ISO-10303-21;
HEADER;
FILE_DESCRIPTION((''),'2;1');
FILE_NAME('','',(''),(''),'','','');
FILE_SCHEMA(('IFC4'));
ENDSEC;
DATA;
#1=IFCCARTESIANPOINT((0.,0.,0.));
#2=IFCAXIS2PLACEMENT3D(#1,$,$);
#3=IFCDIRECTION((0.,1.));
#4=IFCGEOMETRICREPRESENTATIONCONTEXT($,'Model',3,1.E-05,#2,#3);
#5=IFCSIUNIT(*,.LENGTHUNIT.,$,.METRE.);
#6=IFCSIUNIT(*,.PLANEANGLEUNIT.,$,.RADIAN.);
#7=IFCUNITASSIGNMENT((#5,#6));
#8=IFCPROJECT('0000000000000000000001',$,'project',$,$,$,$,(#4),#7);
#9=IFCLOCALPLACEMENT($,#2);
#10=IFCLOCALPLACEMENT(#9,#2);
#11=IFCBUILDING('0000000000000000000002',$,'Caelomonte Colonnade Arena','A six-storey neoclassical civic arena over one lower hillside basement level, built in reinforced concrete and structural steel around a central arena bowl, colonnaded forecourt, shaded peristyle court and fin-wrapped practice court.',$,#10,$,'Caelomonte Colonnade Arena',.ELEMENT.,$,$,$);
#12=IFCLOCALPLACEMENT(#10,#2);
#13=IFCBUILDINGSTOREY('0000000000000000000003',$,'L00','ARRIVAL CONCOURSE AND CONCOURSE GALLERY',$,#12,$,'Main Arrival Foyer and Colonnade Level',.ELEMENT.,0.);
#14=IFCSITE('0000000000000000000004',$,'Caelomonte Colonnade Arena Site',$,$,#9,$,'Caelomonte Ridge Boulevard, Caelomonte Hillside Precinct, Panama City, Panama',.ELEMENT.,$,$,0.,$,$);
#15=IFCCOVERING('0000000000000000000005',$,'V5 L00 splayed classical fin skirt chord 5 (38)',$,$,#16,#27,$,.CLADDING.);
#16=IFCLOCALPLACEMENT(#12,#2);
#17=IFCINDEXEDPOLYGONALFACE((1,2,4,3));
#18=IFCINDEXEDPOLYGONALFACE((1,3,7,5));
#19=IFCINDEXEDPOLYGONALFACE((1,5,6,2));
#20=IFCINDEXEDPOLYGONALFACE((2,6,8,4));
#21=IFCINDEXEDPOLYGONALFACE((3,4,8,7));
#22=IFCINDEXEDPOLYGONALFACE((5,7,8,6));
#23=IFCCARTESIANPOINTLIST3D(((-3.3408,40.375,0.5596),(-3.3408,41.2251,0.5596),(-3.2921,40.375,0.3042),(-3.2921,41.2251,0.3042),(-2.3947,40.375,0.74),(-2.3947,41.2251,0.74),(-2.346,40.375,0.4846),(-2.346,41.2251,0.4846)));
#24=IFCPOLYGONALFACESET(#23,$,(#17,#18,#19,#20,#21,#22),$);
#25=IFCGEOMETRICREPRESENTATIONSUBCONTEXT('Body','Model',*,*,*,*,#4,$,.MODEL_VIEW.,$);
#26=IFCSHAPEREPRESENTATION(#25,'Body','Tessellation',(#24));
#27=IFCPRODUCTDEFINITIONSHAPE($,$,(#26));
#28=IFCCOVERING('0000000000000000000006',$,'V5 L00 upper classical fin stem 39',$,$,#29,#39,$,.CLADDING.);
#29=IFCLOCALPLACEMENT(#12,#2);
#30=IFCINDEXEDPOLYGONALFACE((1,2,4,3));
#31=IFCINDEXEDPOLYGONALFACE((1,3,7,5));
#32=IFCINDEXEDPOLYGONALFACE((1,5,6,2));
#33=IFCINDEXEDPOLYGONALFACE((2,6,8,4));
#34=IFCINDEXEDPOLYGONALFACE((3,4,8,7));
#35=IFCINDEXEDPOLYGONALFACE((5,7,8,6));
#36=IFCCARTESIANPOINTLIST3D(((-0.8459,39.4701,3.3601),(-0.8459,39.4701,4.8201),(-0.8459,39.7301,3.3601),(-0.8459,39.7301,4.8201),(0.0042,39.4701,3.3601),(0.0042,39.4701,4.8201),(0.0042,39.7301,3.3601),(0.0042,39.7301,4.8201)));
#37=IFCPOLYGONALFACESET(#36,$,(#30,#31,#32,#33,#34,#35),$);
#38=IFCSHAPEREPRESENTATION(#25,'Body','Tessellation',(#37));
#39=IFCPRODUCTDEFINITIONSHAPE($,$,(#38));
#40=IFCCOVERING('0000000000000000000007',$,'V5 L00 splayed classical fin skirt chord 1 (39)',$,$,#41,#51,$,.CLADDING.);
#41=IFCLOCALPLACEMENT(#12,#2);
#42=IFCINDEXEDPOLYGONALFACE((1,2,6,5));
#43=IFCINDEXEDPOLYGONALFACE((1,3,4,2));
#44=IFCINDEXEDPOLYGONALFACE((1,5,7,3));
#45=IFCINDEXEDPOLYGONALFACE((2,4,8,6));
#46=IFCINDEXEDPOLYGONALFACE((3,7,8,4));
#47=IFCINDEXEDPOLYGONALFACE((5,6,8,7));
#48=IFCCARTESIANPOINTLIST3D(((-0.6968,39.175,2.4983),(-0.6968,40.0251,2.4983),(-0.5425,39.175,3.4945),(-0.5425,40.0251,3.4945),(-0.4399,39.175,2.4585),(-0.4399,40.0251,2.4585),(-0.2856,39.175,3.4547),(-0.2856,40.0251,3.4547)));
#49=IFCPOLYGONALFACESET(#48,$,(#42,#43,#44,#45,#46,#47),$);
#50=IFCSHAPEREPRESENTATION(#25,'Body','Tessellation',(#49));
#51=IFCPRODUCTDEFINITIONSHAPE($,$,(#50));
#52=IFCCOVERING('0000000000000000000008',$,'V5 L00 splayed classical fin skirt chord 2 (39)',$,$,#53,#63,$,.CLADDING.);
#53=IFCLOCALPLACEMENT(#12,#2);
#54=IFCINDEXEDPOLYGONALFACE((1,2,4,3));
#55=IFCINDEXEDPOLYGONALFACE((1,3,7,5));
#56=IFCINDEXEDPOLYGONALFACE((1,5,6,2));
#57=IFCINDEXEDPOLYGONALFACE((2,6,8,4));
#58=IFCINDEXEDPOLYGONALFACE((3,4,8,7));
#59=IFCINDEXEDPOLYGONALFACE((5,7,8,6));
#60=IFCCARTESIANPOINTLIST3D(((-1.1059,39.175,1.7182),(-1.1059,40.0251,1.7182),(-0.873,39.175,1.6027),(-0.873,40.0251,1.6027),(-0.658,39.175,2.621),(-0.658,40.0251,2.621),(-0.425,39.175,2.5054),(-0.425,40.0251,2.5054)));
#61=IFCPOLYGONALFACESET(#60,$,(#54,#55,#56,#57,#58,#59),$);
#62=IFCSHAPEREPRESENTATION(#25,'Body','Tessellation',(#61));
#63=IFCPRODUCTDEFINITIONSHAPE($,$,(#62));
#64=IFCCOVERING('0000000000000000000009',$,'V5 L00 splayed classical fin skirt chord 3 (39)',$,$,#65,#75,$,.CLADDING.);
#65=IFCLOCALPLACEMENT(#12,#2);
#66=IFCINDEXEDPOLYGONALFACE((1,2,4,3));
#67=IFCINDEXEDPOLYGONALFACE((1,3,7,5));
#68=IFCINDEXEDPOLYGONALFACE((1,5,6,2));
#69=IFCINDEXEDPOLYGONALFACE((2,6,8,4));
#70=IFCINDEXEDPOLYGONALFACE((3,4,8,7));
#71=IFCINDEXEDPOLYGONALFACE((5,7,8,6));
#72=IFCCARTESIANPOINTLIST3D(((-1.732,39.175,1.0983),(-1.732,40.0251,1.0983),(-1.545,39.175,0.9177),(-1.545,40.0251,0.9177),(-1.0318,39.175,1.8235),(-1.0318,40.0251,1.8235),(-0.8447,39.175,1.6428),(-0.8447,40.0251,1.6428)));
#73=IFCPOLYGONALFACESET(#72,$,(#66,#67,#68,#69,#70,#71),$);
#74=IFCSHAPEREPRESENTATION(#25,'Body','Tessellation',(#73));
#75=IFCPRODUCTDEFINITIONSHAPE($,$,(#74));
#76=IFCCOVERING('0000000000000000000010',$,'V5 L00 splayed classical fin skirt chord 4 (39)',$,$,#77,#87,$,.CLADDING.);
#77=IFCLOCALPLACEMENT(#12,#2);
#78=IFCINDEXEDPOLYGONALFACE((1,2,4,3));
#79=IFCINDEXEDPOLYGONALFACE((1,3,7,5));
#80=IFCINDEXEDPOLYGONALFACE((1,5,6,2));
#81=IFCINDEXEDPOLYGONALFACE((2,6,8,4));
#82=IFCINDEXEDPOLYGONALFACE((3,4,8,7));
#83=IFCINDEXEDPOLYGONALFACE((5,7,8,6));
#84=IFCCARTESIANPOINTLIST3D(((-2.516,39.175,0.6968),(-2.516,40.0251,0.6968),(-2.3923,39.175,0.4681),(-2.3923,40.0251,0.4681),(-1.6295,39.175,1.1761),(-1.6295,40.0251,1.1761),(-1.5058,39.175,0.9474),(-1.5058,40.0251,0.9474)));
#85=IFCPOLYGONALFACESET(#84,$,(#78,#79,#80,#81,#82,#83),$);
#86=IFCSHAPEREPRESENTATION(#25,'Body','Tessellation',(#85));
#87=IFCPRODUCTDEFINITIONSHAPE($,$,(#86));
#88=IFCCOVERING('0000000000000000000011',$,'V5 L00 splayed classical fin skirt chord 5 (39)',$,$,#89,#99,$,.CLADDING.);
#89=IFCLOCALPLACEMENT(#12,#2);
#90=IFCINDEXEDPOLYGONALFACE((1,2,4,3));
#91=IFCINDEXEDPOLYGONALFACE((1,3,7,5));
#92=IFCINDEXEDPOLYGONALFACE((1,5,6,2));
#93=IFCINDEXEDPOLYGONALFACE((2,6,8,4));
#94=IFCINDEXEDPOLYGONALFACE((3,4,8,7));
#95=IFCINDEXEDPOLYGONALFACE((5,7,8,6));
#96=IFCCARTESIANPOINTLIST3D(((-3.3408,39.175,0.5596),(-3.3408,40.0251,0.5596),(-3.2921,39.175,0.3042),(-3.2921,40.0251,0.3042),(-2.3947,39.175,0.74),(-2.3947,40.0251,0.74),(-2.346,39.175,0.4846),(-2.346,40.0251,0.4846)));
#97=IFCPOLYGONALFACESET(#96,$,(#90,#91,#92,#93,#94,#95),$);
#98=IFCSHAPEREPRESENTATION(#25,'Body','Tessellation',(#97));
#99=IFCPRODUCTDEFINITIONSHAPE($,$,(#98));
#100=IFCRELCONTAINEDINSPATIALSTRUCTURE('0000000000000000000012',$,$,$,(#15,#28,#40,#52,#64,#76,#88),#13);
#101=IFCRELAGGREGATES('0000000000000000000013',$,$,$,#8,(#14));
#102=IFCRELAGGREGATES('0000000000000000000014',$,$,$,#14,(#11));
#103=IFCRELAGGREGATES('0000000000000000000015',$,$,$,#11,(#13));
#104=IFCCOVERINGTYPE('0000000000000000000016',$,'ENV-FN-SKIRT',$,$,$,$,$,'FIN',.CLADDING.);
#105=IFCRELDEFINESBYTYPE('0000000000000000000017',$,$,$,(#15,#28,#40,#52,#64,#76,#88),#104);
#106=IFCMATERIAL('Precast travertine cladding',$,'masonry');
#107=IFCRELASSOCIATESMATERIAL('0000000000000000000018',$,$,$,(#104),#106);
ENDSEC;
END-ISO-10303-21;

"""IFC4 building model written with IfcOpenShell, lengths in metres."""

from ifc_helpers import new_model, si_unit, direction, frame, origin, origin_2d, place, context, subcontext, project, spatial, rectangle, extrude, material, material_profile, profile_set, type_object, element, save


model = new_model("IFC4")

# Units and contexts
model_context = context("Model", 3, precision=1e-05, world=origin(), true_north=direction((0.0, 1.0)))
body_context = subcontext(model_context, "Body", "Model", "MODEL_VIEW")
ifc_project = project(units=[si_unit("LENGTHUNIT", "METRE"), si_unit("PLANEANGLEUNIT", "RADIAN")], contexts=[model_context])

# Site, building, storey
site_placement = place(None, origin())
site = spatial("IfcSite", under=ifc_project, at=site_placement, Name="Caelomonte Colonnade Arena Site", LongName="Caelomonte Ridge Boulevard, Caelomonte Hillside Precinct, Panama City, Panama", CompositionType="ELEMENT", RefElevation=0.0)
building_placement = place(site_placement, origin())
building = spatial("IfcBuilding", under=site, at=building_placement, Name="Caelomonte Colonnade Arena", Description="A six-storey neoclassical civic arena over one lower hillside basement level, built in reinforced concrete and structural steel around a central arena bowl, colonnaded forecourt, shaded peristyle court and fin-wrapped practice court.", LongName="Caelomonte Colonnade Arena", CompositionType="ELEMENT")
storey_placement = place(building_placement, origin())
storey = spatial("IfcBuildingStorey", under=building, at=storey_placement, Name="L00", Description="ARRIVAL CONCOURSE AND CONCOURSE GALLERY", LongName="Main Arrival Foyer and Colonnade Level", CompositionType="ELEMENT", Elevation=0.0)

# Coverings
ifc_material_1 = material(Name="Precast travertine cladding", Category="masonry")
ifc_material_profile_1 = material_profile(ifc_material_1, rectangle(XDim=0.26, YDim=0.8501, at=origin_2d()), Name="FIN260X850")
ifc_profile_set_1 = profile_set([ifc_material_profile_1], Name="Precast travertine cladding")
covering_type = type_object("IfcCoveringType", Name="ENV-FN-SKIRT", ElementType="FIN", PredefinedType="CLADDING", material=ifc_profile_set_1)
covering_1_placement = place(storey_placement, frame((-2.3704, 40.8, 0.6123), z_axis=(-0.982296, 0.0, -0.187333), x_axis=(-0.187333, 0.0, 0.982296)))
element("IfcCovering", 1, at=covering_1_placement, inside=storey, type_object=covering_type, Name="V5 L00 splayed classical fin skirt chord 5 (38)", PredefinedType="CLADDING", context=body_context, shape_type="SweptSolid", body=[
    extrude(rectangle(XDim=0.26, YDim=0.8501, at=origin_2d()), origin(), (0.0, 0.0, 1.0), 0.9631),
])
covering_2_placement = place(storey_placement, frame((-0.4209, 39.6001, 3.3601), z_axis=(0.0, 0.0, 1.0), x_axis=(0.0, 1.0, 0.0)))
element("IfcCovering", 2, at=covering_2_placement, inside=storey, type_object=covering_type, Name="V5 L00 upper classical fin stem 39", PredefinedType="CLADDING", context=body_context, shape_type="SweptSolid", body=[
    extrude(rectangle(XDim=0.26, YDim=0.8501, at=origin_2d()), origin(), (0.0, 0.0, 1.0), 1.46),
])
covering_3_placement = place(storey_placement, frame((-0.4141, 39.6001, 3.4746), z_axis=(-0.153076, 0.0, -0.988214), x_axis=(-0.988214, 0.0, 0.153076)))
element("IfcCovering", 3, at=covering_3_placement, inside=storey, type_object=covering_type, Name="V5 L00 splayed classical fin skirt chord 1 (39)", PredefinedType="CLADDING", context=body_context, shape_type="SweptSolid", body=[
    extrude(rectangle(XDim=0.26, YDim=0.8501, at=origin_2d()), origin(), (0.0, 0.0, 1.0), 1.0081),
])
covering_4_placement = place(storey_placement, frame((-0.5415, 39.6001, 2.5632), z_axis=(-0.444499, 0.0, -0.89578), x_axis=(-0.89578, 0.0, 0.444499)))
element("IfcCovering", 4, at=covering_4_placement, inside=storey, type_object=covering_type, Name="V5 L00 splayed classical fin skirt chord 2 (39)", PredefinedType="CLADDING", context=body_context, shape_type="SweptSolid", body=[
    extrude(rectangle(XDim=0.26, YDim=0.8501, at=origin_2d()), origin(), (0.0, 0.0, 1.0), 1.0078),
])
covering_5_placement = place(storey_placement, frame((-0.9382, 39.6001, 1.7332), z_axis=(-0.694646, 0.0, -0.719351), x_axis=(-0.719351, 0.0, 0.694646)))
element("IfcCovering", 5, at=covering_5_placement, inside=storey, type_object=covering_type, Name="V5 L00 splayed classical fin skirt chord 3 (39)", PredefinedType="CLADDING", context=body_context, shape_type="SweptSolid", body=[
    extrude(rectangle(XDim=0.26, YDim=0.8501, at=origin_2d()), origin(), (0.0, 0.0, 1.0), 1.0081),
])
covering_6_placement = place(storey_placement, frame((-1.5676, 39.6001, 1.0618), z_axis=(-0.879676, 0.0, -0.475573), x_axis=(-0.475573, 0.0, 0.879676)))
element("IfcCovering", 6, at=covering_6_placement, inside=storey, type_object=covering_type, Name="V5 L00 splayed classical fin skirt chord 4 (39)", PredefinedType="CLADDING", context=body_context, shape_type="SweptSolid", body=[
    extrude(rectangle(XDim=0.26, YDim=0.8501, at=origin_2d()), origin(), (0.0, 0.0, 1.0), 1.0078),
])
covering_7_placement = place(storey_placement, frame((-2.3704, 39.6001, 0.6123), z_axis=(-0.982296, 0.0, -0.187333), x_axis=(-0.187333, 0.0, 0.982296)))
element("IfcCovering", 7, at=covering_7_placement, inside=storey, type_object=covering_type, Name="V5 L00 splayed classical fin skirt chord 5 (39)", PredefinedType="CLADDING", context=body_context, shape_type="SweptSolid", body=[
    extrude(rectangle(XDim=0.26, YDim=0.8501, at=origin_2d()), origin(), (0.0, 0.0, 1.0), 0.9631),
])

save(model, "model.ifc")
